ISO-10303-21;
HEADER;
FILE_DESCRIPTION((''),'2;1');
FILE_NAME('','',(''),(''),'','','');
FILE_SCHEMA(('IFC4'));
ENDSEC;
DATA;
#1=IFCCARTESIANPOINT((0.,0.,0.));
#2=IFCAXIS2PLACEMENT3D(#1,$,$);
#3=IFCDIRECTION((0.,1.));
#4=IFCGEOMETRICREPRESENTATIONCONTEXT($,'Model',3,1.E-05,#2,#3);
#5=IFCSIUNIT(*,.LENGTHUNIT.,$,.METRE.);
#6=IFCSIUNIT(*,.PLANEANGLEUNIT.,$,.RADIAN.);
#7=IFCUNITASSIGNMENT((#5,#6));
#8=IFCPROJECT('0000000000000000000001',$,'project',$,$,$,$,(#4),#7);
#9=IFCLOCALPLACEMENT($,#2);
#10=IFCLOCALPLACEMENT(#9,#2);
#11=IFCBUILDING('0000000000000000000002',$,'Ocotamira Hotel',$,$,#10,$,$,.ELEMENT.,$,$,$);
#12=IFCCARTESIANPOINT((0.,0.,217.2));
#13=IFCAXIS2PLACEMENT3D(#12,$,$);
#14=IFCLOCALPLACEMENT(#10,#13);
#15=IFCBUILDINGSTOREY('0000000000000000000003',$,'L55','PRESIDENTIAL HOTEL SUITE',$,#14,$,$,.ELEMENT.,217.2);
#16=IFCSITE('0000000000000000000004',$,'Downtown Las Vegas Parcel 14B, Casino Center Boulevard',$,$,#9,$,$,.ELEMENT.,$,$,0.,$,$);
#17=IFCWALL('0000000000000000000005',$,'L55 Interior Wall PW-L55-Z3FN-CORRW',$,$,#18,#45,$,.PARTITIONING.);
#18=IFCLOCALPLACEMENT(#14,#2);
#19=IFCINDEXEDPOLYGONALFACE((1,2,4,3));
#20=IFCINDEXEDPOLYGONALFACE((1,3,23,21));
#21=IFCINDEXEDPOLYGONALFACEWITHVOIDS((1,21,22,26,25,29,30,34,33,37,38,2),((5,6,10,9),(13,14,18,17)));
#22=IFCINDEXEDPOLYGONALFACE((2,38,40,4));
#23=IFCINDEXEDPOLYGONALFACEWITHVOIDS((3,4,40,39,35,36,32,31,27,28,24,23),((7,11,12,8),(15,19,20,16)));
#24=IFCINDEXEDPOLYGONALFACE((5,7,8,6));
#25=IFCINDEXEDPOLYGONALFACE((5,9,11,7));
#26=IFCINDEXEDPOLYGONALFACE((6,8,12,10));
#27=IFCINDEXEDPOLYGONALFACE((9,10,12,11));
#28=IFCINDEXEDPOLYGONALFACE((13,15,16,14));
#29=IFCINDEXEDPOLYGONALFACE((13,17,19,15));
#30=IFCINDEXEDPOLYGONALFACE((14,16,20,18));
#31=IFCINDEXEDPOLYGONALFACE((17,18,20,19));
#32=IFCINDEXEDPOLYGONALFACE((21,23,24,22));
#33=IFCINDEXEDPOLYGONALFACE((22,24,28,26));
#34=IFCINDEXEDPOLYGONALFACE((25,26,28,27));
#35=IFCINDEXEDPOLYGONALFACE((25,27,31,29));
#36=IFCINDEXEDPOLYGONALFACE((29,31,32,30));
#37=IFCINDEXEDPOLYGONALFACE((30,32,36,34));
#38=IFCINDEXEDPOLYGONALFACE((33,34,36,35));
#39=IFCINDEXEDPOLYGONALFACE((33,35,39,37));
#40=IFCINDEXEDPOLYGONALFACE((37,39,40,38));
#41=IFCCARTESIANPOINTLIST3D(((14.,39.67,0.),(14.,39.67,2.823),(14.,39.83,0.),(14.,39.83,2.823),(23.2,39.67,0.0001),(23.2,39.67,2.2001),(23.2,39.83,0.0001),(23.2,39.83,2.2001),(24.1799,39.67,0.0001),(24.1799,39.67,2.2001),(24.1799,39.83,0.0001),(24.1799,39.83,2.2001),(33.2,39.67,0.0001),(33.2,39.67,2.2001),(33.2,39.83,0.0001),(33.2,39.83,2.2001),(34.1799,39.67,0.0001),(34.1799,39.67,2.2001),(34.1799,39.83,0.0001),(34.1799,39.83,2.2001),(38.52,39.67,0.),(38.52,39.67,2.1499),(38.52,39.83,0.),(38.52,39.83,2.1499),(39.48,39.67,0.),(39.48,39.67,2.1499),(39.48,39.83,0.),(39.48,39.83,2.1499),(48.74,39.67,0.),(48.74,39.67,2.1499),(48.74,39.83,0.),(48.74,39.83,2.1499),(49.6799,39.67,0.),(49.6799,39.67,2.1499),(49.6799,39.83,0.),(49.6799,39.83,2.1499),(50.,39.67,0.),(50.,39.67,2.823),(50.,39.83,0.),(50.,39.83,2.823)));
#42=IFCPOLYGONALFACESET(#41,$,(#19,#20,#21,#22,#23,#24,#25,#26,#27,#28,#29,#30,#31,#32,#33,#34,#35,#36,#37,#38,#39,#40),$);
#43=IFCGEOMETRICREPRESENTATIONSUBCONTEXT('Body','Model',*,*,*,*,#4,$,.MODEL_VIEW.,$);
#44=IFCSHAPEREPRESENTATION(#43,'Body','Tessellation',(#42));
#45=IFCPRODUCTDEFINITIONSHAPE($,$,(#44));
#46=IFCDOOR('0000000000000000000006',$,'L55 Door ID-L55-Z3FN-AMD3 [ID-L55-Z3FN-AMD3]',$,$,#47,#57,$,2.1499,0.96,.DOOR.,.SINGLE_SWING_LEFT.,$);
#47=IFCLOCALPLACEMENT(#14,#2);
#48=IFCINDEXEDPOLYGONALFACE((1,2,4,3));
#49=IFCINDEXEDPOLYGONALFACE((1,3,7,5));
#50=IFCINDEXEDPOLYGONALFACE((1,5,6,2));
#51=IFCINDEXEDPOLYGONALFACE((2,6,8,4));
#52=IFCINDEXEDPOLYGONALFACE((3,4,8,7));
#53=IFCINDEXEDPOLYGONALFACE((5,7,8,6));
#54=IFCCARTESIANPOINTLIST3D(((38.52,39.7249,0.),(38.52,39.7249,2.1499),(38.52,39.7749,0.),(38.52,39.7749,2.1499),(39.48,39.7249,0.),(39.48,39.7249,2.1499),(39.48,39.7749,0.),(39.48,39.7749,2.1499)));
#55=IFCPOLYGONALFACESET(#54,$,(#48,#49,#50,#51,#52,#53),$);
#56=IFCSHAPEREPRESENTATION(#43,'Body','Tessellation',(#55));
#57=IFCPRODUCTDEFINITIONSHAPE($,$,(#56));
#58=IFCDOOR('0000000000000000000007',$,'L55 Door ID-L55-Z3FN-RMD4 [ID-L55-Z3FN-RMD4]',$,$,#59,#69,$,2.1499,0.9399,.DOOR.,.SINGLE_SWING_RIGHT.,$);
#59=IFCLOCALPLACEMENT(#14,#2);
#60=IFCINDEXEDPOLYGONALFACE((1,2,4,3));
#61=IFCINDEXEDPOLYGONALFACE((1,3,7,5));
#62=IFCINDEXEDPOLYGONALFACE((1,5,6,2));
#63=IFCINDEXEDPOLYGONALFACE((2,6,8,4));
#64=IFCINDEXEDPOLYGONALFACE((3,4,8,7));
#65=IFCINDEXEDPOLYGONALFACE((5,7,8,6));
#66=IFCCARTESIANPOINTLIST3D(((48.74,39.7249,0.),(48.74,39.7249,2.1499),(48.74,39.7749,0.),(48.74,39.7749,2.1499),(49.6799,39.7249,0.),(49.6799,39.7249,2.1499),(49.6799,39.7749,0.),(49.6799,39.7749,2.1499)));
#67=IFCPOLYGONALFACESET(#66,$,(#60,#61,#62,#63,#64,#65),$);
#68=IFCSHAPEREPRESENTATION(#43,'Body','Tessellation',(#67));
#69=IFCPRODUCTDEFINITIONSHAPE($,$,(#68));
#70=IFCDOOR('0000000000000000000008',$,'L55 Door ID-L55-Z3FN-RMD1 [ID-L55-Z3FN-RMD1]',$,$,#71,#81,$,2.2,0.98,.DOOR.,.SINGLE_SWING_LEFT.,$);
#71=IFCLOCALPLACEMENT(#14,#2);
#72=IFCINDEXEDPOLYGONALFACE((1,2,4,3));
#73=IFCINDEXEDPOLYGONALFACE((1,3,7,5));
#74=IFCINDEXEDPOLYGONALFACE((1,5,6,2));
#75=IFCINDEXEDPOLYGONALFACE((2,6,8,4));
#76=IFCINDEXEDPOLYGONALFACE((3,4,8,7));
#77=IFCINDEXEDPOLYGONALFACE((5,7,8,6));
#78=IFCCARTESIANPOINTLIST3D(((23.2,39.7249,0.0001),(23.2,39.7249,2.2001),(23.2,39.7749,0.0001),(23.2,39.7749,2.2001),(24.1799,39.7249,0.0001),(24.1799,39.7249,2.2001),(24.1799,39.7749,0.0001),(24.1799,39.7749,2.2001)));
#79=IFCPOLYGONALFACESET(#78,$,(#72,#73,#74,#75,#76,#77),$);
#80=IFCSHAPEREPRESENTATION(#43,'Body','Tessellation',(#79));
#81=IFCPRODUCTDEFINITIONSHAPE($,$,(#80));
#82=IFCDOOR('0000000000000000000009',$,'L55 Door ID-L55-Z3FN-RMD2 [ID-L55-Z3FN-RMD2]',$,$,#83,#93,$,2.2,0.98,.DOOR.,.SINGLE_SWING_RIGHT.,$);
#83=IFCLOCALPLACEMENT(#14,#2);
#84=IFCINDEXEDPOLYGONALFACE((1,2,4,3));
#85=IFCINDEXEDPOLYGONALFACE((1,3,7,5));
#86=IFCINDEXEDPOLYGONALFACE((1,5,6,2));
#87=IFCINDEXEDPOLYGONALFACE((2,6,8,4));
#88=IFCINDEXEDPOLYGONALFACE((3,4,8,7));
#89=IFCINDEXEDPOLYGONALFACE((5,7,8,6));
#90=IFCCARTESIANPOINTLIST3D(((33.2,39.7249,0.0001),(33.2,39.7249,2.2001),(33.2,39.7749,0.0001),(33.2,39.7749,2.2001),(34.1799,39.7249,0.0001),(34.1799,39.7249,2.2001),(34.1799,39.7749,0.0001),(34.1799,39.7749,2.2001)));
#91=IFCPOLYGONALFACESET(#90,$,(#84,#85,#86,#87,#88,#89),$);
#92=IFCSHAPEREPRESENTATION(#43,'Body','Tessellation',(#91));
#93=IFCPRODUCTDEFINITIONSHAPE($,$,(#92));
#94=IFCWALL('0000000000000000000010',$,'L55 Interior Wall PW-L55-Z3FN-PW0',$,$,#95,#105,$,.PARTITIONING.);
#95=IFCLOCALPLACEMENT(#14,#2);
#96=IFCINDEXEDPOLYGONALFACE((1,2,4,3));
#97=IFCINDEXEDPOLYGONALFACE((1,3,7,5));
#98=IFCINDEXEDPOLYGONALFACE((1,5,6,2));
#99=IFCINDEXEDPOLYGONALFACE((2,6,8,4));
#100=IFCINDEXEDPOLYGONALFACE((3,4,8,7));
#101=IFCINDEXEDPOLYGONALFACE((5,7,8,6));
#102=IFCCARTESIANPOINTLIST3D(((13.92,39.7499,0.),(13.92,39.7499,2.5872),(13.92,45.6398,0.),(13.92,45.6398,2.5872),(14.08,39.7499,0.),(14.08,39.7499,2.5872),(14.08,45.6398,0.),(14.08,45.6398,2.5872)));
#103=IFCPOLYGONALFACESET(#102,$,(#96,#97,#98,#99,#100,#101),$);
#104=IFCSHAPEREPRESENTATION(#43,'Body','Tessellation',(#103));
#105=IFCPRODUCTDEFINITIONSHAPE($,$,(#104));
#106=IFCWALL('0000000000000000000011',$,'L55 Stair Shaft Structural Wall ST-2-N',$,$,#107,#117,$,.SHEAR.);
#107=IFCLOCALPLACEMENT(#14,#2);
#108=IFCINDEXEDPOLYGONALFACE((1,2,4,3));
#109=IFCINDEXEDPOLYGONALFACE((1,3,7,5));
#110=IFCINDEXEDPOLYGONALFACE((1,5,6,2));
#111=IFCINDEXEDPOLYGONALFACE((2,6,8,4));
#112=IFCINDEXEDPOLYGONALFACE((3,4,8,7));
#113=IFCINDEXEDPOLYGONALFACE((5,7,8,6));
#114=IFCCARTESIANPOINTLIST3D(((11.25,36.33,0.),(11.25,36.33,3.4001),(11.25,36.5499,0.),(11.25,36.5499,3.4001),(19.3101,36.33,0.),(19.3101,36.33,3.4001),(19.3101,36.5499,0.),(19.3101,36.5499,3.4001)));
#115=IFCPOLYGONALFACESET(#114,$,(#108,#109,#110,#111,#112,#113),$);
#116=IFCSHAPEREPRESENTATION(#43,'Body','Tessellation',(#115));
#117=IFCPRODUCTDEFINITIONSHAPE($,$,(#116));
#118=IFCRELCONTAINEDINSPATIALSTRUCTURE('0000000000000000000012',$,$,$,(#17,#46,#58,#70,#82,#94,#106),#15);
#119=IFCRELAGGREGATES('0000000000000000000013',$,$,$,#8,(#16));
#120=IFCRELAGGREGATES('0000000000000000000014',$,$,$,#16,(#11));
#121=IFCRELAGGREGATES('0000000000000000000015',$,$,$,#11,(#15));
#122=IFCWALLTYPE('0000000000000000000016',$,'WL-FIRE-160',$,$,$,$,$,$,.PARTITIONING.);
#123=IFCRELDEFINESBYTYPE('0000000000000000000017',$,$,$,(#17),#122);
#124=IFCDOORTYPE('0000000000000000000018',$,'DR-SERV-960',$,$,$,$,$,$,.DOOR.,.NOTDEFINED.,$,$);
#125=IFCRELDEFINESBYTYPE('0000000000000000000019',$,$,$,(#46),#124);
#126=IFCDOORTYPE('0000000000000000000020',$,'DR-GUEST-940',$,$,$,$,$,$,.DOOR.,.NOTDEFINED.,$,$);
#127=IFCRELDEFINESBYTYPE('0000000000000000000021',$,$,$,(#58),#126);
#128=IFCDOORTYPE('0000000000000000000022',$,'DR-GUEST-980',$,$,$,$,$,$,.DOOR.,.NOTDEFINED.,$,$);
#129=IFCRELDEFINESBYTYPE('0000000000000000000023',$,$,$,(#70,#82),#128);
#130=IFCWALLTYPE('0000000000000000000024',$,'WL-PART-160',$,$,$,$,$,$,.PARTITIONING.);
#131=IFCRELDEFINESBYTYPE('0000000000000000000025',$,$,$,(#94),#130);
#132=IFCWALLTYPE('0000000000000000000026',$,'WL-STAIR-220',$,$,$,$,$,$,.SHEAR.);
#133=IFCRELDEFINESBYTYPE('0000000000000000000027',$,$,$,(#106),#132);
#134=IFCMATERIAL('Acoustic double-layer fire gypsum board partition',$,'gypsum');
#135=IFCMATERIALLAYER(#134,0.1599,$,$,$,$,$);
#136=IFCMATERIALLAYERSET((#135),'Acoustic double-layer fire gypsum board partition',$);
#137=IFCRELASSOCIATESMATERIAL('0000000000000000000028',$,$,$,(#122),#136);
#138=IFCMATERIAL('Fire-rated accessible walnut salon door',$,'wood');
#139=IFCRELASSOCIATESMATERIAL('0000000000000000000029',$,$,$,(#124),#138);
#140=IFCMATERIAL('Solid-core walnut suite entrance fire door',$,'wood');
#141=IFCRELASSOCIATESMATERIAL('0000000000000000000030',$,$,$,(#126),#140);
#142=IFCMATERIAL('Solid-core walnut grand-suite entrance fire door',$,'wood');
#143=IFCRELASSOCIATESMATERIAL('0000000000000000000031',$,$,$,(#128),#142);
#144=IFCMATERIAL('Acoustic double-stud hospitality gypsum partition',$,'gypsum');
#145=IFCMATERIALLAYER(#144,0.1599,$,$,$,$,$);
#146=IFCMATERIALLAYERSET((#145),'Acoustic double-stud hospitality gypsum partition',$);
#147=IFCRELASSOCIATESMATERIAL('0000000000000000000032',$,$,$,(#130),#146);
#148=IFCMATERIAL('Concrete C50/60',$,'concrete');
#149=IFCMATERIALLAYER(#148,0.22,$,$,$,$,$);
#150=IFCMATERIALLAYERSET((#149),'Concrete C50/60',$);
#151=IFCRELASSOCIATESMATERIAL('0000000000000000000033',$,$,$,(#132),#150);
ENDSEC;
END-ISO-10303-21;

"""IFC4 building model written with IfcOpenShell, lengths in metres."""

from ifc_helpers import new_model, si_unit, direction, frame, frame_2d, origin, place, context, subcontext, project, spatial, rectangle, extrude, source, transform, mapped, material, layer, layer_set, type_object, element, fill, save


model = new_model("IFC4")

# Units and contexts
model_context = context("Model", 3, precision=1e-05, world=origin(), true_north=direction((0.0, 1.0)))
body_context = subcontext(model_context, "Body", "Model", "MODEL_VIEW")
ifc_project = project(units=[si_unit("LENGTHUNIT", "METRE"), si_unit("PLANEANGLEUNIT", "RADIAN")], contexts=[model_context])

# Site, building, storey
site_placement = place(None, origin())
site = spatial("IfcSite", under=ifc_project, at=site_placement, Name="Downtown Las Vegas Parcel 14B, Casino Center Boulevard", CompositionType="ELEMENT", RefElevation=0.0)
building_placement = place(site_placement, origin())
building = spatial("IfcBuilding", under=site, at=building_placement, Name="Ocotamira Hotel", CompositionType="ELEMENT")
storey_placement = place(building_placement, frame((0.0, 0.0, 217.2)))
storey = spatial("IfcBuildingStorey", under=building, at=storey_placement, Name="L55", Description="PRESIDENTIAL HOTEL SUITE", CompositionType="ELEMENT", Elevation=217.2)

# Shared definitions
ifc_material_1 = material(Name="Concrete C50/60", Category="concrete")
ifc_material_2 = material(Name="Acoustic double-layer fire gypsum board partition", Category="gypsum")
ifc_layer_1 = layer(ifc_material_2, 0.1599)
ifc_layer_set_1 = layer_set([ifc_layer_1], Name="Acoustic double-layer fire gypsum board partition")
wall_type_1 = type_object("IfcWallType", Name="WL-FIRE-160", PredefinedType="PARTITIONING", material=ifc_layer_set_1)
ifc_material_3 = material(Name="Fire-rated accessible walnut salon door", Category="wood")
door_type_1 = type_object("IfcDoorType", Name="DR-SERV-960", OperationType="NOTDEFINED", PredefinedType="DOOR", material=ifc_material_3)
shared_shape_1 = source(origin(), body_context, "Body", "SweptSolid", [
    extrude(rectangle(XDim=0.96, YDim=2.1499, at=frame_2d((0.48, 1.075))), frame((0.0, 0.0249, 0.0), z_axis=(0.0, -1.0, 0.0), x_axis=(1.0, 0.0, 0.0)), (0.0, 0.0, 1.0), 0.05),
])

# Wall, openings, doors
wall_1_placement = place(storey_placement, frame((14.0, 39.75, 0.0), z_axis=(0.0, 0.0, 1.0), x_axis=(1.0, 0.0, 0.0)))
wall_1 = element("IfcWall", 1, at=wall_1_placement, inside=storey, type_object=wall_type_1, Name="L55 Interior Wall PW-L55-Z3FN-CORRW", PredefinedType="PARTITIONING", context=body_context, shape_type="SweptSolid", body=[
    extrude(rectangle(XDim=36.0, YDim=0.1599, at=frame_2d((18.0, 0.0))), origin(), (0.0, 0.0, 1.0), 2.823),
])
opening_1_placement = place(wall_1_placement, frame((9.2, 0.0, 0.0)))
opening_1 = element("IfcOpeningElement", 2, at=opening_1_placement, cuts=wall_1, PredefinedType="OPENING", context=body_context, shape_type="SweptSolid", body=[
    extrude(rectangle(XDim=0.98, YDim=2.2, at=frame_2d((0.49, 1.1001))), frame((0.0, 0.0898, 0.0), z_axis=(0.0, -1.0, 0.0), x_axis=(1.0, 0.0, 0.0)), (0.0, 0.0, 1.0), 0.1799),
])
opening_2_placement = place(wall_1_placement, frame((19.2, 0.0, 0.0)))
opening_2 = element("IfcOpeningElement", 3, at=opening_2_placement, cuts=wall_1, PredefinedType="OPENING", context=body_context, shape_type="SweptSolid", body=[
    extrude(rectangle(XDim=0.98, YDim=2.2, at=frame_2d((0.49, 1.1001))), frame((0.0, 0.0898, 0.0), z_axis=(0.0, -1.0, 0.0), x_axis=(1.0, 0.0, 0.0)), (0.0, 0.0, 1.0), 0.1799),
])
opening_3_placement = place(wall_1_placement, frame((24.52, 0.0, 0.0)))
opening_3 = element("IfcOpeningElement", 4, at=opening_3_placement, cuts=wall_1, PredefinedType="OPENING", context=body_context, shape_type="SweptSolid", body=[
    extrude(rectangle(XDim=0.96, YDim=2.1499, at=frame_2d((0.48, 1.075))), frame((0.0, 0.0898, 0.0), z_axis=(0.0, -1.0, 0.0), x_axis=(1.0, 0.0, 0.0)), (0.0, 0.0, 1.0), 0.1799),
])
opening_4_placement = place(wall_1_placement, frame((34.74, 0.0, 0.0)))
opening_4 = element("IfcOpeningElement", 5, at=opening_4_placement, cuts=wall_1, PredefinedType="OPENING", context=body_context, shape_type="SweptSolid", body=[
    extrude(rectangle(XDim=0.9399, YDim=2.1499, at=frame_2d((0.47, 1.075))), frame((0.0, 0.0898, 0.0), z_axis=(0.0, -1.0, 0.0), x_axis=(1.0, 0.0, 0.0)), (0.0, 0.0, 1.0), 0.1799),
])
door_1_placement = place(opening_3_placement, origin())
door_1 = element("IfcDoor", 6, at=door_1_placement, inside=storey, type_object=door_type_1, Name="L55 Door ID-L55-Z3FN-AMD3 [ID-L55-Z3FN-AMD3]", OperationType="SINGLE_SWING_LEFT", OverallHeight=2.1499, OverallWidth=0.96, PredefinedType="DOOR", context=body_context, shape_type="MappedRepresentation", body=[
    mapped(shared_shape_1, transform((0.0, 0.0, 0.0), scale=1.0)),
])
fill(opening_3, door_1)
ifc_material_4 = material(Name="Solid-core walnut suite entrance fire door", Category="wood")
door_type_2 = type_object("IfcDoorType", Name="DR-GUEST-940", OperationType="NOTDEFINED", PredefinedType="DOOR", material=ifc_material_4)
shared_shape_2 = source(origin(), body_context, "Body", "SweptSolid", [
    extrude(rectangle(XDim=0.9399, YDim=2.1499, at=frame_2d((0.47, 1.075))), frame((0.0, 0.0249, 0.0), z_axis=(0.0, -1.0, 0.0), x_axis=(1.0, 0.0, 0.0)), (0.0, 0.0, 1.0), 0.05),
])
door_2_placement = place(opening_4_placement, origin())
door_2 = element("IfcDoor", 7, at=door_2_placement, inside=storey, type_object=door_type_2, Name="L55 Door ID-L55-Z3FN-RMD4 [ID-L55-Z3FN-RMD4]", OperationType="SINGLE_SWING_RIGHT", OverallHeight=2.1499, OverallWidth=0.9399, PredefinedType="DOOR", context=body_context, shape_type="MappedRepresentation", body=[
    mapped(shared_shape_2, transform((0.0, 0.0, 0.0), scale=1.0)),
])
fill(opening_4, door_2)
ifc_material_5 = material(Name="Solid-core walnut grand-suite entrance fire door", Category="wood")
door_type_3 = type_object("IfcDoorType", Name="DR-GUEST-980", OperationType="NOTDEFINED", PredefinedType="DOOR", material=ifc_material_5)
shared_shape_3 = source(origin(), body_context, "Body", "SweptSolid", [
    extrude(rectangle(XDim=0.98, YDim=2.2, at=frame_2d((0.49, 1.1001))), frame((0.0, 0.0249, 0.0), z_axis=(0.0, -1.0, 0.0), x_axis=(1.0, 0.0, 0.0)), (0.0, 0.0, 1.0), 0.05),
])
door_3_placement = place(opening_1_placement, origin())
door_3 = element("IfcDoor", 8, at=door_3_placement, inside=storey, type_object=door_type_3, Name="L55 Door ID-L55-Z3FN-RMD1 [ID-L55-Z3FN-RMD1]", OperationType="SINGLE_SWING_LEFT", OverallHeight=2.2, OverallWidth=0.98, PredefinedType="DOOR", context=body_context, shape_type="MappedRepresentation", body=[
    mapped(shared_shape_3, transform((0.0, 0.0, 0.0), scale=1.0)),
])
fill(opening_1, door_3)
door_4_placement = place(opening_2_placement, origin())
door_4 = element("IfcDoor", 9, at=door_4_placement, inside=storey, type_object=door_type_3, Name="L55 Door ID-L55-Z3FN-RMD2 [ID-L55-Z3FN-RMD2]", OperationType="SINGLE_SWING_RIGHT", OverallHeight=2.2, OverallWidth=0.98, PredefinedType="DOOR", context=body_context, shape_type="MappedRepresentation", body=[
    mapped(shared_shape_3, transform((0.0, 0.0, 0.0), scale=1.0)),
])
fill(opening_2, door_4)

# Walls
ifc_material_6 = material(Name="Acoustic double-stud hospitality gypsum partition", Category="gypsum")
ifc_layer_2 = layer(ifc_material_6, 0.1599)
ifc_layer_set_2 = layer_set([ifc_layer_2], Name="Acoustic double-stud hospitality gypsum partition")
wall_type_2 = type_object("IfcWallType", Name="WL-PART-160", PredefinedType="PARTITIONING", material=ifc_layer_set_2)
wall_2_placement = place(storey_placement, frame((14.0, 39.75, 0.0), z_axis=(0.0, 0.0, 1.0), x_axis=(0.0, 1.0, 0.0)))
element("IfcWall", 10, at=wall_2_placement, inside=storey, type_object=wall_type_2, Name="L55 Interior Wall PW-L55-Z3FN-PW0", PredefinedType="PARTITIONING", context=body_context, shape_type="SweptSolid", body=[
    extrude(rectangle(XDim=5.8899, YDim=0.1599, at=frame_2d((2.9448, 0.0))), origin(), (0.0, 0.0, 1.0), 2.5872),
])
ifc_layer_3 = layer(ifc_material_1, 0.22)
ifc_layer_set_3 = layer_set([ifc_layer_3], Name="Concrete C50/60")
wall_type_3 = type_object("IfcWallType", Name="WL-STAIR-220", PredefinedType="SHEAR", material=ifc_layer_set_3)
wall_3_placement = place(storey_placement, frame((11.25, 36.4399, 0.0), z_axis=(0.0, 0.0, 1.0), x_axis=(1.0, 0.0, 0.0)))
element("IfcWall", 11, at=wall_3_placement, inside=storey, type_object=wall_type_3, Name="L55 Stair Shaft Structural Wall ST-2-N", PredefinedType="SHEAR", context=body_context, shape_type="SweptSolid", body=[
    extrude(rectangle(XDim=8.0601, YDim=0.22, at=frame_2d((4.03, 0.0))), origin(), (0.0, 0.0, 1.0), 3.4001),
])

save(model, "model.ifc")
